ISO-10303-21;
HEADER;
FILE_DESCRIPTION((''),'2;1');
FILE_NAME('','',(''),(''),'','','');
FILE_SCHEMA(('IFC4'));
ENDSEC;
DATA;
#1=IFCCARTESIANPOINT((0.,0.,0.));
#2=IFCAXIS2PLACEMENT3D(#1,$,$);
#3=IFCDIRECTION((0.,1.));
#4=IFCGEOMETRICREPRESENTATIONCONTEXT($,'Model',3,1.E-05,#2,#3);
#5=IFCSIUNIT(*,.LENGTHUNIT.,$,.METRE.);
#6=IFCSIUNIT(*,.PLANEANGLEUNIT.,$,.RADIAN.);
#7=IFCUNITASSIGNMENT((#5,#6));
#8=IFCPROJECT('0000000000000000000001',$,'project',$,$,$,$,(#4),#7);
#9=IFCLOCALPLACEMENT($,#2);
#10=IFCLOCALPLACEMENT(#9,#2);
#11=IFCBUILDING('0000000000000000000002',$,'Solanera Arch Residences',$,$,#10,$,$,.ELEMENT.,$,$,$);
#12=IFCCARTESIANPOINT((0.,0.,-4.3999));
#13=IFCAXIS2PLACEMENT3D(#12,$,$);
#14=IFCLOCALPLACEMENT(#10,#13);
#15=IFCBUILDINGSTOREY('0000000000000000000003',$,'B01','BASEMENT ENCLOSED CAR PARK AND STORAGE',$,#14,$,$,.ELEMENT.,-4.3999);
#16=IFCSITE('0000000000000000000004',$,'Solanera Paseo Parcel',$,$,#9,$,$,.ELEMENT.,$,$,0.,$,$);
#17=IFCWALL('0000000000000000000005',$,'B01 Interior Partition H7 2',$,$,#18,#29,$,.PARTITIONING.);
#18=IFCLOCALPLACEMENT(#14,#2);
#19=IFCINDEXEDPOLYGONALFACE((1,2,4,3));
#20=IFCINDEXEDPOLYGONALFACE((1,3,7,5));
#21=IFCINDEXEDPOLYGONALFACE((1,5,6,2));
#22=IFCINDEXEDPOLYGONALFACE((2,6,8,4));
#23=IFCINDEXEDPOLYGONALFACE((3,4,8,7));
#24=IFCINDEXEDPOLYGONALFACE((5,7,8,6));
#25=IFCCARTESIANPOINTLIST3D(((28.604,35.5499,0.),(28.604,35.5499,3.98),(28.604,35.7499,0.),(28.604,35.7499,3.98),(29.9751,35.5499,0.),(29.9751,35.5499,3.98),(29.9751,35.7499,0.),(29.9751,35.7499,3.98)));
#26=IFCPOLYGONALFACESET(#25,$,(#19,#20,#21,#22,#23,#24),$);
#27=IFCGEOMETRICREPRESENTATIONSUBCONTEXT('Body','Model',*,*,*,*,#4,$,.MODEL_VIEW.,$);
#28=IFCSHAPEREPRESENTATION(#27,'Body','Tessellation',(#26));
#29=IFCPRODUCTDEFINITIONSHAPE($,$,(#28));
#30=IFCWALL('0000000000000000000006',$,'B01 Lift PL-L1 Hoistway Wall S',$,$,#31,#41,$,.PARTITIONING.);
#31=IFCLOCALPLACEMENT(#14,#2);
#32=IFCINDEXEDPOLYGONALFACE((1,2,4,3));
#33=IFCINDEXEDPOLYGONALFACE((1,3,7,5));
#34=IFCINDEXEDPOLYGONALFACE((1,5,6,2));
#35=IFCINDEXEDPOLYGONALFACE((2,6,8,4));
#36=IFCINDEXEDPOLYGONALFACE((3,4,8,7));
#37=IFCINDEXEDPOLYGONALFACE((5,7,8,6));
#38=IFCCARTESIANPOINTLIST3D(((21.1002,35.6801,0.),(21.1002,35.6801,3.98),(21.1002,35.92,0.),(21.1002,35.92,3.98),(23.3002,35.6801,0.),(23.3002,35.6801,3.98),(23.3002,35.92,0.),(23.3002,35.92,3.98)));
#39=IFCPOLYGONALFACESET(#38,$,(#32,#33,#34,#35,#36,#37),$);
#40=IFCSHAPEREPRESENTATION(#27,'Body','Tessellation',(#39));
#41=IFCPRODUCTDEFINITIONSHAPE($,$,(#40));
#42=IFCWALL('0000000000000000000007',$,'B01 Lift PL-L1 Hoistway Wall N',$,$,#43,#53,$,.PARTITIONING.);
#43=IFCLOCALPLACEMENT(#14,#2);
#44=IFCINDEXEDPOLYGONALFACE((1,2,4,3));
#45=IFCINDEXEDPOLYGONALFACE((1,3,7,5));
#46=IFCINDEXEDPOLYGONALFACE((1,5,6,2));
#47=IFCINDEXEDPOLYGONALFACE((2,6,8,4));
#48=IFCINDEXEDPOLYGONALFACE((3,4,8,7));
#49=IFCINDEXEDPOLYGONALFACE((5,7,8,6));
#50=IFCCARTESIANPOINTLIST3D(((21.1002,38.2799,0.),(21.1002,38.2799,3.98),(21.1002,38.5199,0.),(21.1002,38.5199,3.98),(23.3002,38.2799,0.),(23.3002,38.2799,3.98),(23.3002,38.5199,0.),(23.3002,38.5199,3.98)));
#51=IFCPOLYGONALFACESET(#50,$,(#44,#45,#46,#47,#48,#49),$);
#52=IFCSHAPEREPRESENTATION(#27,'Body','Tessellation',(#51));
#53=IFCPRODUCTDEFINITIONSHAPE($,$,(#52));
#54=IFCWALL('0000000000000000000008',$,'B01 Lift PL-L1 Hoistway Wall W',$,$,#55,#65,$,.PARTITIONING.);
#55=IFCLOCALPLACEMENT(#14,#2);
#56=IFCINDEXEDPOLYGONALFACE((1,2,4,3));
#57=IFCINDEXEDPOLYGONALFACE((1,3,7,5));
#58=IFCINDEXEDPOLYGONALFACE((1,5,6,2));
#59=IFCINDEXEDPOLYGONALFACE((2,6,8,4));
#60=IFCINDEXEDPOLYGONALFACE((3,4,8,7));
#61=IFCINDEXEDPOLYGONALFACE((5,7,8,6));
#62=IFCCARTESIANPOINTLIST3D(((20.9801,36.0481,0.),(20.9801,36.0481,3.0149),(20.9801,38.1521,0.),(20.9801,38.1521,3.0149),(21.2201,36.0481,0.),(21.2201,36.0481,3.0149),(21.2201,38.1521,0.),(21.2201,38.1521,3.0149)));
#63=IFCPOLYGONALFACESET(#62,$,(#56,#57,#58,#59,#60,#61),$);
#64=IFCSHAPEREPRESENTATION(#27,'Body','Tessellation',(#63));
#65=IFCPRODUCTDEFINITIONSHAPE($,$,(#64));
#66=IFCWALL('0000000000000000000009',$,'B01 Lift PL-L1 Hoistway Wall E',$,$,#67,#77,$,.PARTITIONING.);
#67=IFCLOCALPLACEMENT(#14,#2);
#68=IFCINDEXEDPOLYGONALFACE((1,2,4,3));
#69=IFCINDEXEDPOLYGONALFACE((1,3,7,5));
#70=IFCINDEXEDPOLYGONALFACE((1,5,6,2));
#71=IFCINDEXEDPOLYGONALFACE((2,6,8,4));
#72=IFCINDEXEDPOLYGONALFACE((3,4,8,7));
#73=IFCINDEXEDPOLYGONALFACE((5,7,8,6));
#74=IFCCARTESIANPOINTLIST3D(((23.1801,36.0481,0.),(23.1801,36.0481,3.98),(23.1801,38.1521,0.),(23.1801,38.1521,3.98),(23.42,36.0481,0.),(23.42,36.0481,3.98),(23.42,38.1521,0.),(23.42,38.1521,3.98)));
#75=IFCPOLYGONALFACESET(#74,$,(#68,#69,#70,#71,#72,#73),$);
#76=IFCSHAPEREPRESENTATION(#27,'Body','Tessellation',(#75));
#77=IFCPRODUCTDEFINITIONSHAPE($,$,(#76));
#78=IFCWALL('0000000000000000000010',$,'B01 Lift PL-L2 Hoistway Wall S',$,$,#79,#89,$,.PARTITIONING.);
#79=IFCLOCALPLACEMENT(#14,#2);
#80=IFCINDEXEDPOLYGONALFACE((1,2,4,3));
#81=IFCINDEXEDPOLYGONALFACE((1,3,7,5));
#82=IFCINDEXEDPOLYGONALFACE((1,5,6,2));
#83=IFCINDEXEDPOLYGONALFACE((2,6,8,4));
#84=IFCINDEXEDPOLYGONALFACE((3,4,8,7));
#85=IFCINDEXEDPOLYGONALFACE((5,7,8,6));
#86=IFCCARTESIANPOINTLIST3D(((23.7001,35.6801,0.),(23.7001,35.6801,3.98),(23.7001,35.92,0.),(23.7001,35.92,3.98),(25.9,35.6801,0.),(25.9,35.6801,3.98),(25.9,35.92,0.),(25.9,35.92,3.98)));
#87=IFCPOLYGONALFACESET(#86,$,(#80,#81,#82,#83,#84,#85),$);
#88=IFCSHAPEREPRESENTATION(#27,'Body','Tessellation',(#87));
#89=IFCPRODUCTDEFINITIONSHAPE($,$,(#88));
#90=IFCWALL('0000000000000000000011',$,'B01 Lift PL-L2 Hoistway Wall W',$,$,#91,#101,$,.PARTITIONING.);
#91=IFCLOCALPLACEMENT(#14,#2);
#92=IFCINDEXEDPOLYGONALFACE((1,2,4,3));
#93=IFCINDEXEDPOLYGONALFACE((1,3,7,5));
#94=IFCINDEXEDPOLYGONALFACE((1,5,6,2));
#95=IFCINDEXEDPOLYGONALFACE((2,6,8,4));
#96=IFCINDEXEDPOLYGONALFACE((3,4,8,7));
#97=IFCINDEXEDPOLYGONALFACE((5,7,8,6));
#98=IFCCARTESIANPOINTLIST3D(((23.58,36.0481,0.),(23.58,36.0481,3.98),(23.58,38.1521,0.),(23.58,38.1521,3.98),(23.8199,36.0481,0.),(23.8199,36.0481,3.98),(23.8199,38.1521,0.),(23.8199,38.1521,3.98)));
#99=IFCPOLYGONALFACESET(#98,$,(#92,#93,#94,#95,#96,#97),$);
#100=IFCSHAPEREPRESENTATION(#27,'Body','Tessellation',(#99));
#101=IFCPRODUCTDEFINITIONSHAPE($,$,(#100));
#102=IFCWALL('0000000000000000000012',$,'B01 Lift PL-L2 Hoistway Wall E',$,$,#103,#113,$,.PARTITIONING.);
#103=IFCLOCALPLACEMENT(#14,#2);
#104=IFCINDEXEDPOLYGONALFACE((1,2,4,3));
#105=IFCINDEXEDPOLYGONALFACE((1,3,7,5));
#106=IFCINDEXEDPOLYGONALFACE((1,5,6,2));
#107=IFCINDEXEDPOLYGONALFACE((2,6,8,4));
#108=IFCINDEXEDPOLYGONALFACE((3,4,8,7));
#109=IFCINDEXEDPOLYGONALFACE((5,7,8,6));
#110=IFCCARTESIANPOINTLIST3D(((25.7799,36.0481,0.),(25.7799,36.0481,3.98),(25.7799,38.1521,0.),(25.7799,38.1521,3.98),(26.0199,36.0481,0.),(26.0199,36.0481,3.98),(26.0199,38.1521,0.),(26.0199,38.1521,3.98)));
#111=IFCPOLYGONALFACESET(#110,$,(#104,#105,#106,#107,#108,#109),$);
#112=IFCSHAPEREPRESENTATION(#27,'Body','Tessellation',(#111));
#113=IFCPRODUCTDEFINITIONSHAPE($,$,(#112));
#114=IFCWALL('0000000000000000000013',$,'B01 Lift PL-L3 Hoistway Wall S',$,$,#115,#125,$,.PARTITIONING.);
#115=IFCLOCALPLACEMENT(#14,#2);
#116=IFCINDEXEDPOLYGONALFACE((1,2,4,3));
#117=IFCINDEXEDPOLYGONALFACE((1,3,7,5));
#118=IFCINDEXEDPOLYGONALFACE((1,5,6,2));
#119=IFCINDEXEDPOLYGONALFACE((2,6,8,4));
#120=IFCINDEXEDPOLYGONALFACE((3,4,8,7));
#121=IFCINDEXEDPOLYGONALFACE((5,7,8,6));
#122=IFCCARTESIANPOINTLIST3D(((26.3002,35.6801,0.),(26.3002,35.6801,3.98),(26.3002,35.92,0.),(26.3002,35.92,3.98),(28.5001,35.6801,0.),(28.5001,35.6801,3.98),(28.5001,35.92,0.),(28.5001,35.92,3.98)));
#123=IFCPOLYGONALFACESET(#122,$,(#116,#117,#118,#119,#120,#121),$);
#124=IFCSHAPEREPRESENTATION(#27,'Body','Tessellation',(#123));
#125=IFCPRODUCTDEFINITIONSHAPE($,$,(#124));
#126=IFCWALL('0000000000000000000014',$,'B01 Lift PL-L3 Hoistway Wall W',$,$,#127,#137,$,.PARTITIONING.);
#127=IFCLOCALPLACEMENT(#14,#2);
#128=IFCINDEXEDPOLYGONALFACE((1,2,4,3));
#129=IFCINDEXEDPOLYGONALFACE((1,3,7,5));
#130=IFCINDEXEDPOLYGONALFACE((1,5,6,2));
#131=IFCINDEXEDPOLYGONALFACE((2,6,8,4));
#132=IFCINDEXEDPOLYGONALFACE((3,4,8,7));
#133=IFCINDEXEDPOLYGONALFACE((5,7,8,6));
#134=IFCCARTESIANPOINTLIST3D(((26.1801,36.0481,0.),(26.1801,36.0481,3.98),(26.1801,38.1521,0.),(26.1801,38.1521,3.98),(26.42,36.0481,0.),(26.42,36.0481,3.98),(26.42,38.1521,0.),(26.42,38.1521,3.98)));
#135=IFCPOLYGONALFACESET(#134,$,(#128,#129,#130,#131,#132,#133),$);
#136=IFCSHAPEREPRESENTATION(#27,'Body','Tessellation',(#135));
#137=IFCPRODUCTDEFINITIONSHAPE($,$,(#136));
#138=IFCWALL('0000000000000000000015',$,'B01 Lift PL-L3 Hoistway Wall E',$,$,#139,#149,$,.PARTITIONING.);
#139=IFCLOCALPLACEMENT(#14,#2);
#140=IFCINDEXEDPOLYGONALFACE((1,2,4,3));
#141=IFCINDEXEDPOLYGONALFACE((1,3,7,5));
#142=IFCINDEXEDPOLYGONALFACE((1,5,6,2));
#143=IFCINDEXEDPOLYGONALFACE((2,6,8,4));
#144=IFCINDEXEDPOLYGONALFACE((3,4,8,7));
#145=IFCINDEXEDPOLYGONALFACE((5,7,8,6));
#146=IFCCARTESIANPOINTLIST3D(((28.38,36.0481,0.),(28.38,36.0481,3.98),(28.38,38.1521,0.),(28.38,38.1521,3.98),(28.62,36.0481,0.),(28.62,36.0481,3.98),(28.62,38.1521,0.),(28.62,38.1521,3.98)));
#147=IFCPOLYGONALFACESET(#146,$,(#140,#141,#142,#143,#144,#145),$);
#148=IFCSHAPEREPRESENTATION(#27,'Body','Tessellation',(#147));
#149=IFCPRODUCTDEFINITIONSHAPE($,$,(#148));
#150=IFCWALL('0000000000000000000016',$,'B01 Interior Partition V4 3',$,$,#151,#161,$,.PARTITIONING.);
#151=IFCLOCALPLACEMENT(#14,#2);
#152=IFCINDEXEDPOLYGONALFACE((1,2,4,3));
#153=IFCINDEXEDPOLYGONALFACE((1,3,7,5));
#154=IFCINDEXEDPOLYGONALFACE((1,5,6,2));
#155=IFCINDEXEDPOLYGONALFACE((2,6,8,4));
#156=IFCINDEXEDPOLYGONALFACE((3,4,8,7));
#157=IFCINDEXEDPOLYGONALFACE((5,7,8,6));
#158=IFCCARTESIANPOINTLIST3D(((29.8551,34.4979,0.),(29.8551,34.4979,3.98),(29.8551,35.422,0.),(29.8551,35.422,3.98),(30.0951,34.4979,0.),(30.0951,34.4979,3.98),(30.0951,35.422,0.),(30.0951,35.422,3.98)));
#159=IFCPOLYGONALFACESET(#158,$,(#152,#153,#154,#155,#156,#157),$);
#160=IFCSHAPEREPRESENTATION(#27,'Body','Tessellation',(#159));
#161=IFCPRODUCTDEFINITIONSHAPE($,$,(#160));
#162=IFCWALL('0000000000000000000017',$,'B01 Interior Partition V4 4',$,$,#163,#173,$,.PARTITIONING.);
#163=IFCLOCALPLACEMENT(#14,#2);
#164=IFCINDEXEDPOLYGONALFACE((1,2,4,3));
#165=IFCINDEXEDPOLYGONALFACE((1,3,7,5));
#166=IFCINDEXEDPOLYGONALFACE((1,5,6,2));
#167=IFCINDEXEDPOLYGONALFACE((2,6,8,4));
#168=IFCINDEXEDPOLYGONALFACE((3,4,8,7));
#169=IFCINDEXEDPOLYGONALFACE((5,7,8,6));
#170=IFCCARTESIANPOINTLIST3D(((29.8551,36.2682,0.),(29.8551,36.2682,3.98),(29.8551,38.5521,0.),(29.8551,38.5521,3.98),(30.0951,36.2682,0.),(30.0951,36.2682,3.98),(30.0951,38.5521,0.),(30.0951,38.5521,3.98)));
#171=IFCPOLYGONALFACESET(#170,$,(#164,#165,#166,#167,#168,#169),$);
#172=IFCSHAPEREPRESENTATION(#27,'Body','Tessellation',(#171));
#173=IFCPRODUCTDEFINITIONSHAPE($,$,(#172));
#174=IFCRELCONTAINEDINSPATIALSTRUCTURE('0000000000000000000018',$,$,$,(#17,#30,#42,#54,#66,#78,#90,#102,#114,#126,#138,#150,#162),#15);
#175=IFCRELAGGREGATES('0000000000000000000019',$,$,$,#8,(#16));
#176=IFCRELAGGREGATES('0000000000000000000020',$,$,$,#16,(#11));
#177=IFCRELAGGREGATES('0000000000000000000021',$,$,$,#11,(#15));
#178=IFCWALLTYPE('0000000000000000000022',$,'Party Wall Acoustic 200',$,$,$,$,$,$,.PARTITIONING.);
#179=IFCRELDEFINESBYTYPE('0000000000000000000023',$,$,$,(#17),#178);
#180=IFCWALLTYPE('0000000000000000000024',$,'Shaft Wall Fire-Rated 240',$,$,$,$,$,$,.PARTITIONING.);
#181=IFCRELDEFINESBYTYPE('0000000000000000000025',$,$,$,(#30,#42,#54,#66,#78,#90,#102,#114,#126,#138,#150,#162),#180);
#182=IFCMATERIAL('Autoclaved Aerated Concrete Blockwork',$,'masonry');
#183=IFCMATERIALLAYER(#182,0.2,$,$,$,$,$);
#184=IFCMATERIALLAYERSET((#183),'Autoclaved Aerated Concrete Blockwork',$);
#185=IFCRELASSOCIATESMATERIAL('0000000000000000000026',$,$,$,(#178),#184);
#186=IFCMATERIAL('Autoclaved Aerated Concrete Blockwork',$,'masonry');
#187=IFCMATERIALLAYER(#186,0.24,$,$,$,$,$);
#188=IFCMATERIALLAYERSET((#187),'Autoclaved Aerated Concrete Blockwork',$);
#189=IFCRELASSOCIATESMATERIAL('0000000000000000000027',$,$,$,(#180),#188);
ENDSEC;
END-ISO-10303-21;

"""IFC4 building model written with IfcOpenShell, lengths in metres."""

from ifc_helpers import new_model, si_unit, direction, frame, frame_2d, origin, place, context, subcontext, project, spatial, rectangle, extrude, material, layer, layer_set, type_object, element, save


model = new_model("IFC4")

# Units and contexts
model_context = context("Model", 3, precision=1e-05, world=origin(), true_north=direction((0.0, 1.0)))
body_context = subcontext(model_context, "Body", "Model", "MODEL_VIEW")
ifc_project = project(units=[si_unit("LENGTHUNIT", "METRE"), si_unit("PLANEANGLEUNIT", "RADIAN")], contexts=[model_context])

# Site, building, storey
site_placement = place(None, origin())
site = spatial("IfcSite", under=ifc_project, at=site_placement, Name="Solanera Paseo Parcel", CompositionType="ELEMENT", RefElevation=0.0)
building_placement = place(site_placement, origin())
building = spatial("IfcBuilding", under=site, at=building_placement, Name="Solanera Arch Residences", CompositionType="ELEMENT")
storey_placement = place(building_placement, frame((0.0, 0.0, -4.3999)))
storey = spatial("IfcBuildingStorey", under=building, at=storey_placement, Name="B01", Description="BASEMENT ENCLOSED CAR PARK AND STORAGE", CompositionType="ELEMENT", Elevation=-4.3999)

# Walls
ifc_material_1 = material(Name="Autoclaved Aerated Concrete Blockwork", Category="masonry")
ifc_layer_1 = layer(ifc_material_1, 0.2)
ifc_layer_set_1 = layer_set([ifc_layer_1], Name="Autoclaved Aerated Concrete Blockwork")
wall_type_1 = type_object("IfcWallType", Name="Party Wall Acoustic 200", PredefinedType="PARTITIONING", material=ifc_layer_set_1)
wall_1_placement = place(storey_placement, frame((28.604, 35.6499, 0.0), z_axis=(0.0, 0.0, 1.0), x_axis=(1.0, 0.0, 0.0)))
element("IfcWall", 1, at=wall_1_placement, inside=storey, type_object=wall_type_1, Name="B01 Interior Partition H7 2", PredefinedType="PARTITIONING", context=body_context, shape_type="SweptSolid", body=[
    extrude(rectangle(XDim=1.3711, YDim=0.2, at=frame_2d((0.6855, 0.0))), origin(), (0.0, 0.0, 1.0), 3.98),
])
ifc_material_2 = material(Name="Autoclaved Aerated Concrete Blockwork", Category="masonry")
ifc_layer_2 = layer(ifc_material_2, 0.24)
ifc_layer_set_2 = layer_set([ifc_layer_2], Name="Autoclaved Aerated Concrete Blockwork")
wall_type_2 = type_object("IfcWallType", Name="Shaft Wall Fire-Rated 240", PredefinedType="PARTITIONING", material=ifc_layer_set_2)
for number, where, z_axis, x_axis, name in (
    (2, (21.1001, 35.8, 0.0), (0.0, 0.0, 1.0), (1.0, 0.0, 0.0), "B01 Lift PL-L1 Hoistway Wall S"),
    (3, (21.1001, 38.3999, 0.0), (0.0, 0.0, 1.0), (1.0, 0.0, 0.0), "B01 Lift PL-L1 Hoistway Wall N"),
):
    element("IfcWall", number, at=place(storey_placement, frame(where, z_axis=z_axis, x_axis=x_axis)), inside=storey, type_object=wall_type_2, Name=name, PredefinedType="PARTITIONING", context=body_context, shape_type="SweptSolid", body=[
        extrude(rectangle(XDim=2.2, YDim=0.24, at=frame_2d((1.1001, 0.0))), origin(), (0.0, 0.0, 1.0), 3.98),
    ])
wall_2_placement = place(storey_placement, frame((21.1001, 36.0481, 0.0), z_axis=(0.0, 0.0, 1.0), x_axis=(0.0, 1.0, 0.0)))
element("IfcWall", 4, at=wall_2_placement, inside=storey, type_object=wall_type_2, Name="B01 Lift PL-L1 Hoistway Wall W", PredefinedType="PARTITIONING", context=body_context, shape_type="SweptSolid", body=[
    extrude(rectangle(XDim=2.104, YDim=0.24, at=frame_2d((1.052, 0.0))), origin(), (0.0, 0.0, 1.0), 3.0149),
])
wall_3_placement = place(storey_placement, frame((23.3, 36.0481, 0.0), z_axis=(0.0, 0.0, 1.0), x_axis=(0.0, 1.0, 0.0)))
element("IfcWall", 5, at=wall_3_placement, inside=storey, type_object=wall_type_2, Name="B01 Lift PL-L1 Hoistway Wall E", PredefinedType="PARTITIONING", context=body_context, shape_type="SweptSolid", body=[
    extrude(rectangle(XDim=2.104, YDim=0.24, at=frame_2d((1.052, 0.0))), origin(), (0.0, 0.0, 1.0), 3.98),
])
wall_4_placement = place(storey_placement, frame((23.7, 35.8, 0.0), z_axis=(0.0, 0.0, 1.0), x_axis=(1.0, 0.0, 0.0)))
element("IfcWall", 6, at=wall_4_placement, inside=storey, type_object=wall_type_2, Name="B01 Lift PL-L2 Hoistway Wall S", PredefinedType="PARTITIONING", context=body_context, shape_type="SweptSolid", body=[
    extrude(rectangle(XDim=2.2, YDim=0.24, at=frame_2d((1.1001, 0.0))), origin(), (0.0, 0.0, 1.0), 3.98),
])
for number, where, z_axis, x_axis, name in (
    (7, (23.7, 36.0481, 0.0), (0.0, 0.0, 1.0), (0.0, 1.0, 0.0), "B01 Lift PL-L2 Hoistway Wall W"),
    (8, (25.8999, 36.0481, 0.0), (0.0, 0.0, 1.0), (0.0, 1.0, 0.0), "B01 Lift PL-L2 Hoistway Wall E"),
):
    element("IfcWall", number, at=place(storey_placement, frame(where, z_axis=z_axis, x_axis=x_axis)), inside=storey, type_object=wall_type_2, Name=name, PredefinedType="PARTITIONING", context=body_context, shape_type="SweptSolid", body=[
        extrude(rectangle(XDim=2.104, YDim=0.24, at=frame_2d((1.052, 0.0))), origin(), (0.0, 0.0, 1.0), 3.98),
    ])
wall_5_placement = place(storey_placement, frame((26.3, 35.8, 0.0), z_axis=(0.0, 0.0, 1.0), x_axis=(1.0, 0.0, 0.0)))
element("IfcWall", 9, at=wall_5_placement, inside=storey, type_object=wall_type_2, Name="B01 Lift PL-L3 Hoistway Wall S", PredefinedType="PARTITIONING", context=body_context, shape_type="SweptSolid", body=[
    extrude(rectangle(XDim=2.2, YDim=0.24, at=frame_2d((1.1001, 0.0))), origin(), (0.0, 0.0, 1.0), 3.98),
])
for number, where, z_axis, x_axis, name in (
    (10, (26.3, 36.0481, 0.0), (0.0, 0.0, 1.0), (0.0, 1.0, 0.0), "B01 Lift PL-L3 Hoistway Wall W"),
    (11, (28.5, 36.0481, 0.0), (0.0, 0.0, 1.0), (0.0, 1.0, 0.0), "B01 Lift PL-L3 Hoistway Wall E"),
):
    element("IfcWall", number, at=place(storey_placement, frame(where, z_axis=z_axis, x_axis=x_axis)), inside=storey, type_object=wall_type_2, Name=name, PredefinedType="PARTITIONING", context=body_context, shape_type="SweptSolid", body=[
        extrude(rectangle(XDim=2.104, YDim=0.24, at=frame_2d((1.052, 0.0))), origin(), (0.0, 0.0, 1.0), 3.98),
    ])

# Walls
wall_6_placement = place(storey_placement, frame((29.9751, 34.498, 0.0), z_axis=(0.0, 0.0, 1.0), x_axis=(0.0, 1.0, 0.0)))
element("IfcWall", 12, at=wall_6_placement, inside=storey, type_object=wall_type_2, Name="B01 Interior Partition V4 3", PredefinedType="PARTITIONING", context=body_context, shape_type="SweptSolid", body=[
    extrude(rectangle(XDim=0.9241, YDim=0.24, at=frame_2d((0.4619, 0.0))), origin(), (0.0, 0.0, 1.0), 3.98),
])
wall_7_placement = place(storey_placement, frame((29.9751, 36.2681, 0.0), z_axis=(0.0, 0.0, 1.0), x_axis=(0.0, 1.0, 0.0)))
element("IfcWall", 13, at=wall_7_placement, inside=storey, type_object=wall_type_2, Name="B01 Interior Partition V4 4", PredefinedType="PARTITIONING", context=body_context, shape_type="SweptSolid", body=[
    extrude(rectangle(XDim=2.2839, YDim=0.24, at=frame_2d((1.1421, 0.0))), origin(), (0.0, 0.0, 1.0), 3.98),
])

save(model, "model.ifc")
